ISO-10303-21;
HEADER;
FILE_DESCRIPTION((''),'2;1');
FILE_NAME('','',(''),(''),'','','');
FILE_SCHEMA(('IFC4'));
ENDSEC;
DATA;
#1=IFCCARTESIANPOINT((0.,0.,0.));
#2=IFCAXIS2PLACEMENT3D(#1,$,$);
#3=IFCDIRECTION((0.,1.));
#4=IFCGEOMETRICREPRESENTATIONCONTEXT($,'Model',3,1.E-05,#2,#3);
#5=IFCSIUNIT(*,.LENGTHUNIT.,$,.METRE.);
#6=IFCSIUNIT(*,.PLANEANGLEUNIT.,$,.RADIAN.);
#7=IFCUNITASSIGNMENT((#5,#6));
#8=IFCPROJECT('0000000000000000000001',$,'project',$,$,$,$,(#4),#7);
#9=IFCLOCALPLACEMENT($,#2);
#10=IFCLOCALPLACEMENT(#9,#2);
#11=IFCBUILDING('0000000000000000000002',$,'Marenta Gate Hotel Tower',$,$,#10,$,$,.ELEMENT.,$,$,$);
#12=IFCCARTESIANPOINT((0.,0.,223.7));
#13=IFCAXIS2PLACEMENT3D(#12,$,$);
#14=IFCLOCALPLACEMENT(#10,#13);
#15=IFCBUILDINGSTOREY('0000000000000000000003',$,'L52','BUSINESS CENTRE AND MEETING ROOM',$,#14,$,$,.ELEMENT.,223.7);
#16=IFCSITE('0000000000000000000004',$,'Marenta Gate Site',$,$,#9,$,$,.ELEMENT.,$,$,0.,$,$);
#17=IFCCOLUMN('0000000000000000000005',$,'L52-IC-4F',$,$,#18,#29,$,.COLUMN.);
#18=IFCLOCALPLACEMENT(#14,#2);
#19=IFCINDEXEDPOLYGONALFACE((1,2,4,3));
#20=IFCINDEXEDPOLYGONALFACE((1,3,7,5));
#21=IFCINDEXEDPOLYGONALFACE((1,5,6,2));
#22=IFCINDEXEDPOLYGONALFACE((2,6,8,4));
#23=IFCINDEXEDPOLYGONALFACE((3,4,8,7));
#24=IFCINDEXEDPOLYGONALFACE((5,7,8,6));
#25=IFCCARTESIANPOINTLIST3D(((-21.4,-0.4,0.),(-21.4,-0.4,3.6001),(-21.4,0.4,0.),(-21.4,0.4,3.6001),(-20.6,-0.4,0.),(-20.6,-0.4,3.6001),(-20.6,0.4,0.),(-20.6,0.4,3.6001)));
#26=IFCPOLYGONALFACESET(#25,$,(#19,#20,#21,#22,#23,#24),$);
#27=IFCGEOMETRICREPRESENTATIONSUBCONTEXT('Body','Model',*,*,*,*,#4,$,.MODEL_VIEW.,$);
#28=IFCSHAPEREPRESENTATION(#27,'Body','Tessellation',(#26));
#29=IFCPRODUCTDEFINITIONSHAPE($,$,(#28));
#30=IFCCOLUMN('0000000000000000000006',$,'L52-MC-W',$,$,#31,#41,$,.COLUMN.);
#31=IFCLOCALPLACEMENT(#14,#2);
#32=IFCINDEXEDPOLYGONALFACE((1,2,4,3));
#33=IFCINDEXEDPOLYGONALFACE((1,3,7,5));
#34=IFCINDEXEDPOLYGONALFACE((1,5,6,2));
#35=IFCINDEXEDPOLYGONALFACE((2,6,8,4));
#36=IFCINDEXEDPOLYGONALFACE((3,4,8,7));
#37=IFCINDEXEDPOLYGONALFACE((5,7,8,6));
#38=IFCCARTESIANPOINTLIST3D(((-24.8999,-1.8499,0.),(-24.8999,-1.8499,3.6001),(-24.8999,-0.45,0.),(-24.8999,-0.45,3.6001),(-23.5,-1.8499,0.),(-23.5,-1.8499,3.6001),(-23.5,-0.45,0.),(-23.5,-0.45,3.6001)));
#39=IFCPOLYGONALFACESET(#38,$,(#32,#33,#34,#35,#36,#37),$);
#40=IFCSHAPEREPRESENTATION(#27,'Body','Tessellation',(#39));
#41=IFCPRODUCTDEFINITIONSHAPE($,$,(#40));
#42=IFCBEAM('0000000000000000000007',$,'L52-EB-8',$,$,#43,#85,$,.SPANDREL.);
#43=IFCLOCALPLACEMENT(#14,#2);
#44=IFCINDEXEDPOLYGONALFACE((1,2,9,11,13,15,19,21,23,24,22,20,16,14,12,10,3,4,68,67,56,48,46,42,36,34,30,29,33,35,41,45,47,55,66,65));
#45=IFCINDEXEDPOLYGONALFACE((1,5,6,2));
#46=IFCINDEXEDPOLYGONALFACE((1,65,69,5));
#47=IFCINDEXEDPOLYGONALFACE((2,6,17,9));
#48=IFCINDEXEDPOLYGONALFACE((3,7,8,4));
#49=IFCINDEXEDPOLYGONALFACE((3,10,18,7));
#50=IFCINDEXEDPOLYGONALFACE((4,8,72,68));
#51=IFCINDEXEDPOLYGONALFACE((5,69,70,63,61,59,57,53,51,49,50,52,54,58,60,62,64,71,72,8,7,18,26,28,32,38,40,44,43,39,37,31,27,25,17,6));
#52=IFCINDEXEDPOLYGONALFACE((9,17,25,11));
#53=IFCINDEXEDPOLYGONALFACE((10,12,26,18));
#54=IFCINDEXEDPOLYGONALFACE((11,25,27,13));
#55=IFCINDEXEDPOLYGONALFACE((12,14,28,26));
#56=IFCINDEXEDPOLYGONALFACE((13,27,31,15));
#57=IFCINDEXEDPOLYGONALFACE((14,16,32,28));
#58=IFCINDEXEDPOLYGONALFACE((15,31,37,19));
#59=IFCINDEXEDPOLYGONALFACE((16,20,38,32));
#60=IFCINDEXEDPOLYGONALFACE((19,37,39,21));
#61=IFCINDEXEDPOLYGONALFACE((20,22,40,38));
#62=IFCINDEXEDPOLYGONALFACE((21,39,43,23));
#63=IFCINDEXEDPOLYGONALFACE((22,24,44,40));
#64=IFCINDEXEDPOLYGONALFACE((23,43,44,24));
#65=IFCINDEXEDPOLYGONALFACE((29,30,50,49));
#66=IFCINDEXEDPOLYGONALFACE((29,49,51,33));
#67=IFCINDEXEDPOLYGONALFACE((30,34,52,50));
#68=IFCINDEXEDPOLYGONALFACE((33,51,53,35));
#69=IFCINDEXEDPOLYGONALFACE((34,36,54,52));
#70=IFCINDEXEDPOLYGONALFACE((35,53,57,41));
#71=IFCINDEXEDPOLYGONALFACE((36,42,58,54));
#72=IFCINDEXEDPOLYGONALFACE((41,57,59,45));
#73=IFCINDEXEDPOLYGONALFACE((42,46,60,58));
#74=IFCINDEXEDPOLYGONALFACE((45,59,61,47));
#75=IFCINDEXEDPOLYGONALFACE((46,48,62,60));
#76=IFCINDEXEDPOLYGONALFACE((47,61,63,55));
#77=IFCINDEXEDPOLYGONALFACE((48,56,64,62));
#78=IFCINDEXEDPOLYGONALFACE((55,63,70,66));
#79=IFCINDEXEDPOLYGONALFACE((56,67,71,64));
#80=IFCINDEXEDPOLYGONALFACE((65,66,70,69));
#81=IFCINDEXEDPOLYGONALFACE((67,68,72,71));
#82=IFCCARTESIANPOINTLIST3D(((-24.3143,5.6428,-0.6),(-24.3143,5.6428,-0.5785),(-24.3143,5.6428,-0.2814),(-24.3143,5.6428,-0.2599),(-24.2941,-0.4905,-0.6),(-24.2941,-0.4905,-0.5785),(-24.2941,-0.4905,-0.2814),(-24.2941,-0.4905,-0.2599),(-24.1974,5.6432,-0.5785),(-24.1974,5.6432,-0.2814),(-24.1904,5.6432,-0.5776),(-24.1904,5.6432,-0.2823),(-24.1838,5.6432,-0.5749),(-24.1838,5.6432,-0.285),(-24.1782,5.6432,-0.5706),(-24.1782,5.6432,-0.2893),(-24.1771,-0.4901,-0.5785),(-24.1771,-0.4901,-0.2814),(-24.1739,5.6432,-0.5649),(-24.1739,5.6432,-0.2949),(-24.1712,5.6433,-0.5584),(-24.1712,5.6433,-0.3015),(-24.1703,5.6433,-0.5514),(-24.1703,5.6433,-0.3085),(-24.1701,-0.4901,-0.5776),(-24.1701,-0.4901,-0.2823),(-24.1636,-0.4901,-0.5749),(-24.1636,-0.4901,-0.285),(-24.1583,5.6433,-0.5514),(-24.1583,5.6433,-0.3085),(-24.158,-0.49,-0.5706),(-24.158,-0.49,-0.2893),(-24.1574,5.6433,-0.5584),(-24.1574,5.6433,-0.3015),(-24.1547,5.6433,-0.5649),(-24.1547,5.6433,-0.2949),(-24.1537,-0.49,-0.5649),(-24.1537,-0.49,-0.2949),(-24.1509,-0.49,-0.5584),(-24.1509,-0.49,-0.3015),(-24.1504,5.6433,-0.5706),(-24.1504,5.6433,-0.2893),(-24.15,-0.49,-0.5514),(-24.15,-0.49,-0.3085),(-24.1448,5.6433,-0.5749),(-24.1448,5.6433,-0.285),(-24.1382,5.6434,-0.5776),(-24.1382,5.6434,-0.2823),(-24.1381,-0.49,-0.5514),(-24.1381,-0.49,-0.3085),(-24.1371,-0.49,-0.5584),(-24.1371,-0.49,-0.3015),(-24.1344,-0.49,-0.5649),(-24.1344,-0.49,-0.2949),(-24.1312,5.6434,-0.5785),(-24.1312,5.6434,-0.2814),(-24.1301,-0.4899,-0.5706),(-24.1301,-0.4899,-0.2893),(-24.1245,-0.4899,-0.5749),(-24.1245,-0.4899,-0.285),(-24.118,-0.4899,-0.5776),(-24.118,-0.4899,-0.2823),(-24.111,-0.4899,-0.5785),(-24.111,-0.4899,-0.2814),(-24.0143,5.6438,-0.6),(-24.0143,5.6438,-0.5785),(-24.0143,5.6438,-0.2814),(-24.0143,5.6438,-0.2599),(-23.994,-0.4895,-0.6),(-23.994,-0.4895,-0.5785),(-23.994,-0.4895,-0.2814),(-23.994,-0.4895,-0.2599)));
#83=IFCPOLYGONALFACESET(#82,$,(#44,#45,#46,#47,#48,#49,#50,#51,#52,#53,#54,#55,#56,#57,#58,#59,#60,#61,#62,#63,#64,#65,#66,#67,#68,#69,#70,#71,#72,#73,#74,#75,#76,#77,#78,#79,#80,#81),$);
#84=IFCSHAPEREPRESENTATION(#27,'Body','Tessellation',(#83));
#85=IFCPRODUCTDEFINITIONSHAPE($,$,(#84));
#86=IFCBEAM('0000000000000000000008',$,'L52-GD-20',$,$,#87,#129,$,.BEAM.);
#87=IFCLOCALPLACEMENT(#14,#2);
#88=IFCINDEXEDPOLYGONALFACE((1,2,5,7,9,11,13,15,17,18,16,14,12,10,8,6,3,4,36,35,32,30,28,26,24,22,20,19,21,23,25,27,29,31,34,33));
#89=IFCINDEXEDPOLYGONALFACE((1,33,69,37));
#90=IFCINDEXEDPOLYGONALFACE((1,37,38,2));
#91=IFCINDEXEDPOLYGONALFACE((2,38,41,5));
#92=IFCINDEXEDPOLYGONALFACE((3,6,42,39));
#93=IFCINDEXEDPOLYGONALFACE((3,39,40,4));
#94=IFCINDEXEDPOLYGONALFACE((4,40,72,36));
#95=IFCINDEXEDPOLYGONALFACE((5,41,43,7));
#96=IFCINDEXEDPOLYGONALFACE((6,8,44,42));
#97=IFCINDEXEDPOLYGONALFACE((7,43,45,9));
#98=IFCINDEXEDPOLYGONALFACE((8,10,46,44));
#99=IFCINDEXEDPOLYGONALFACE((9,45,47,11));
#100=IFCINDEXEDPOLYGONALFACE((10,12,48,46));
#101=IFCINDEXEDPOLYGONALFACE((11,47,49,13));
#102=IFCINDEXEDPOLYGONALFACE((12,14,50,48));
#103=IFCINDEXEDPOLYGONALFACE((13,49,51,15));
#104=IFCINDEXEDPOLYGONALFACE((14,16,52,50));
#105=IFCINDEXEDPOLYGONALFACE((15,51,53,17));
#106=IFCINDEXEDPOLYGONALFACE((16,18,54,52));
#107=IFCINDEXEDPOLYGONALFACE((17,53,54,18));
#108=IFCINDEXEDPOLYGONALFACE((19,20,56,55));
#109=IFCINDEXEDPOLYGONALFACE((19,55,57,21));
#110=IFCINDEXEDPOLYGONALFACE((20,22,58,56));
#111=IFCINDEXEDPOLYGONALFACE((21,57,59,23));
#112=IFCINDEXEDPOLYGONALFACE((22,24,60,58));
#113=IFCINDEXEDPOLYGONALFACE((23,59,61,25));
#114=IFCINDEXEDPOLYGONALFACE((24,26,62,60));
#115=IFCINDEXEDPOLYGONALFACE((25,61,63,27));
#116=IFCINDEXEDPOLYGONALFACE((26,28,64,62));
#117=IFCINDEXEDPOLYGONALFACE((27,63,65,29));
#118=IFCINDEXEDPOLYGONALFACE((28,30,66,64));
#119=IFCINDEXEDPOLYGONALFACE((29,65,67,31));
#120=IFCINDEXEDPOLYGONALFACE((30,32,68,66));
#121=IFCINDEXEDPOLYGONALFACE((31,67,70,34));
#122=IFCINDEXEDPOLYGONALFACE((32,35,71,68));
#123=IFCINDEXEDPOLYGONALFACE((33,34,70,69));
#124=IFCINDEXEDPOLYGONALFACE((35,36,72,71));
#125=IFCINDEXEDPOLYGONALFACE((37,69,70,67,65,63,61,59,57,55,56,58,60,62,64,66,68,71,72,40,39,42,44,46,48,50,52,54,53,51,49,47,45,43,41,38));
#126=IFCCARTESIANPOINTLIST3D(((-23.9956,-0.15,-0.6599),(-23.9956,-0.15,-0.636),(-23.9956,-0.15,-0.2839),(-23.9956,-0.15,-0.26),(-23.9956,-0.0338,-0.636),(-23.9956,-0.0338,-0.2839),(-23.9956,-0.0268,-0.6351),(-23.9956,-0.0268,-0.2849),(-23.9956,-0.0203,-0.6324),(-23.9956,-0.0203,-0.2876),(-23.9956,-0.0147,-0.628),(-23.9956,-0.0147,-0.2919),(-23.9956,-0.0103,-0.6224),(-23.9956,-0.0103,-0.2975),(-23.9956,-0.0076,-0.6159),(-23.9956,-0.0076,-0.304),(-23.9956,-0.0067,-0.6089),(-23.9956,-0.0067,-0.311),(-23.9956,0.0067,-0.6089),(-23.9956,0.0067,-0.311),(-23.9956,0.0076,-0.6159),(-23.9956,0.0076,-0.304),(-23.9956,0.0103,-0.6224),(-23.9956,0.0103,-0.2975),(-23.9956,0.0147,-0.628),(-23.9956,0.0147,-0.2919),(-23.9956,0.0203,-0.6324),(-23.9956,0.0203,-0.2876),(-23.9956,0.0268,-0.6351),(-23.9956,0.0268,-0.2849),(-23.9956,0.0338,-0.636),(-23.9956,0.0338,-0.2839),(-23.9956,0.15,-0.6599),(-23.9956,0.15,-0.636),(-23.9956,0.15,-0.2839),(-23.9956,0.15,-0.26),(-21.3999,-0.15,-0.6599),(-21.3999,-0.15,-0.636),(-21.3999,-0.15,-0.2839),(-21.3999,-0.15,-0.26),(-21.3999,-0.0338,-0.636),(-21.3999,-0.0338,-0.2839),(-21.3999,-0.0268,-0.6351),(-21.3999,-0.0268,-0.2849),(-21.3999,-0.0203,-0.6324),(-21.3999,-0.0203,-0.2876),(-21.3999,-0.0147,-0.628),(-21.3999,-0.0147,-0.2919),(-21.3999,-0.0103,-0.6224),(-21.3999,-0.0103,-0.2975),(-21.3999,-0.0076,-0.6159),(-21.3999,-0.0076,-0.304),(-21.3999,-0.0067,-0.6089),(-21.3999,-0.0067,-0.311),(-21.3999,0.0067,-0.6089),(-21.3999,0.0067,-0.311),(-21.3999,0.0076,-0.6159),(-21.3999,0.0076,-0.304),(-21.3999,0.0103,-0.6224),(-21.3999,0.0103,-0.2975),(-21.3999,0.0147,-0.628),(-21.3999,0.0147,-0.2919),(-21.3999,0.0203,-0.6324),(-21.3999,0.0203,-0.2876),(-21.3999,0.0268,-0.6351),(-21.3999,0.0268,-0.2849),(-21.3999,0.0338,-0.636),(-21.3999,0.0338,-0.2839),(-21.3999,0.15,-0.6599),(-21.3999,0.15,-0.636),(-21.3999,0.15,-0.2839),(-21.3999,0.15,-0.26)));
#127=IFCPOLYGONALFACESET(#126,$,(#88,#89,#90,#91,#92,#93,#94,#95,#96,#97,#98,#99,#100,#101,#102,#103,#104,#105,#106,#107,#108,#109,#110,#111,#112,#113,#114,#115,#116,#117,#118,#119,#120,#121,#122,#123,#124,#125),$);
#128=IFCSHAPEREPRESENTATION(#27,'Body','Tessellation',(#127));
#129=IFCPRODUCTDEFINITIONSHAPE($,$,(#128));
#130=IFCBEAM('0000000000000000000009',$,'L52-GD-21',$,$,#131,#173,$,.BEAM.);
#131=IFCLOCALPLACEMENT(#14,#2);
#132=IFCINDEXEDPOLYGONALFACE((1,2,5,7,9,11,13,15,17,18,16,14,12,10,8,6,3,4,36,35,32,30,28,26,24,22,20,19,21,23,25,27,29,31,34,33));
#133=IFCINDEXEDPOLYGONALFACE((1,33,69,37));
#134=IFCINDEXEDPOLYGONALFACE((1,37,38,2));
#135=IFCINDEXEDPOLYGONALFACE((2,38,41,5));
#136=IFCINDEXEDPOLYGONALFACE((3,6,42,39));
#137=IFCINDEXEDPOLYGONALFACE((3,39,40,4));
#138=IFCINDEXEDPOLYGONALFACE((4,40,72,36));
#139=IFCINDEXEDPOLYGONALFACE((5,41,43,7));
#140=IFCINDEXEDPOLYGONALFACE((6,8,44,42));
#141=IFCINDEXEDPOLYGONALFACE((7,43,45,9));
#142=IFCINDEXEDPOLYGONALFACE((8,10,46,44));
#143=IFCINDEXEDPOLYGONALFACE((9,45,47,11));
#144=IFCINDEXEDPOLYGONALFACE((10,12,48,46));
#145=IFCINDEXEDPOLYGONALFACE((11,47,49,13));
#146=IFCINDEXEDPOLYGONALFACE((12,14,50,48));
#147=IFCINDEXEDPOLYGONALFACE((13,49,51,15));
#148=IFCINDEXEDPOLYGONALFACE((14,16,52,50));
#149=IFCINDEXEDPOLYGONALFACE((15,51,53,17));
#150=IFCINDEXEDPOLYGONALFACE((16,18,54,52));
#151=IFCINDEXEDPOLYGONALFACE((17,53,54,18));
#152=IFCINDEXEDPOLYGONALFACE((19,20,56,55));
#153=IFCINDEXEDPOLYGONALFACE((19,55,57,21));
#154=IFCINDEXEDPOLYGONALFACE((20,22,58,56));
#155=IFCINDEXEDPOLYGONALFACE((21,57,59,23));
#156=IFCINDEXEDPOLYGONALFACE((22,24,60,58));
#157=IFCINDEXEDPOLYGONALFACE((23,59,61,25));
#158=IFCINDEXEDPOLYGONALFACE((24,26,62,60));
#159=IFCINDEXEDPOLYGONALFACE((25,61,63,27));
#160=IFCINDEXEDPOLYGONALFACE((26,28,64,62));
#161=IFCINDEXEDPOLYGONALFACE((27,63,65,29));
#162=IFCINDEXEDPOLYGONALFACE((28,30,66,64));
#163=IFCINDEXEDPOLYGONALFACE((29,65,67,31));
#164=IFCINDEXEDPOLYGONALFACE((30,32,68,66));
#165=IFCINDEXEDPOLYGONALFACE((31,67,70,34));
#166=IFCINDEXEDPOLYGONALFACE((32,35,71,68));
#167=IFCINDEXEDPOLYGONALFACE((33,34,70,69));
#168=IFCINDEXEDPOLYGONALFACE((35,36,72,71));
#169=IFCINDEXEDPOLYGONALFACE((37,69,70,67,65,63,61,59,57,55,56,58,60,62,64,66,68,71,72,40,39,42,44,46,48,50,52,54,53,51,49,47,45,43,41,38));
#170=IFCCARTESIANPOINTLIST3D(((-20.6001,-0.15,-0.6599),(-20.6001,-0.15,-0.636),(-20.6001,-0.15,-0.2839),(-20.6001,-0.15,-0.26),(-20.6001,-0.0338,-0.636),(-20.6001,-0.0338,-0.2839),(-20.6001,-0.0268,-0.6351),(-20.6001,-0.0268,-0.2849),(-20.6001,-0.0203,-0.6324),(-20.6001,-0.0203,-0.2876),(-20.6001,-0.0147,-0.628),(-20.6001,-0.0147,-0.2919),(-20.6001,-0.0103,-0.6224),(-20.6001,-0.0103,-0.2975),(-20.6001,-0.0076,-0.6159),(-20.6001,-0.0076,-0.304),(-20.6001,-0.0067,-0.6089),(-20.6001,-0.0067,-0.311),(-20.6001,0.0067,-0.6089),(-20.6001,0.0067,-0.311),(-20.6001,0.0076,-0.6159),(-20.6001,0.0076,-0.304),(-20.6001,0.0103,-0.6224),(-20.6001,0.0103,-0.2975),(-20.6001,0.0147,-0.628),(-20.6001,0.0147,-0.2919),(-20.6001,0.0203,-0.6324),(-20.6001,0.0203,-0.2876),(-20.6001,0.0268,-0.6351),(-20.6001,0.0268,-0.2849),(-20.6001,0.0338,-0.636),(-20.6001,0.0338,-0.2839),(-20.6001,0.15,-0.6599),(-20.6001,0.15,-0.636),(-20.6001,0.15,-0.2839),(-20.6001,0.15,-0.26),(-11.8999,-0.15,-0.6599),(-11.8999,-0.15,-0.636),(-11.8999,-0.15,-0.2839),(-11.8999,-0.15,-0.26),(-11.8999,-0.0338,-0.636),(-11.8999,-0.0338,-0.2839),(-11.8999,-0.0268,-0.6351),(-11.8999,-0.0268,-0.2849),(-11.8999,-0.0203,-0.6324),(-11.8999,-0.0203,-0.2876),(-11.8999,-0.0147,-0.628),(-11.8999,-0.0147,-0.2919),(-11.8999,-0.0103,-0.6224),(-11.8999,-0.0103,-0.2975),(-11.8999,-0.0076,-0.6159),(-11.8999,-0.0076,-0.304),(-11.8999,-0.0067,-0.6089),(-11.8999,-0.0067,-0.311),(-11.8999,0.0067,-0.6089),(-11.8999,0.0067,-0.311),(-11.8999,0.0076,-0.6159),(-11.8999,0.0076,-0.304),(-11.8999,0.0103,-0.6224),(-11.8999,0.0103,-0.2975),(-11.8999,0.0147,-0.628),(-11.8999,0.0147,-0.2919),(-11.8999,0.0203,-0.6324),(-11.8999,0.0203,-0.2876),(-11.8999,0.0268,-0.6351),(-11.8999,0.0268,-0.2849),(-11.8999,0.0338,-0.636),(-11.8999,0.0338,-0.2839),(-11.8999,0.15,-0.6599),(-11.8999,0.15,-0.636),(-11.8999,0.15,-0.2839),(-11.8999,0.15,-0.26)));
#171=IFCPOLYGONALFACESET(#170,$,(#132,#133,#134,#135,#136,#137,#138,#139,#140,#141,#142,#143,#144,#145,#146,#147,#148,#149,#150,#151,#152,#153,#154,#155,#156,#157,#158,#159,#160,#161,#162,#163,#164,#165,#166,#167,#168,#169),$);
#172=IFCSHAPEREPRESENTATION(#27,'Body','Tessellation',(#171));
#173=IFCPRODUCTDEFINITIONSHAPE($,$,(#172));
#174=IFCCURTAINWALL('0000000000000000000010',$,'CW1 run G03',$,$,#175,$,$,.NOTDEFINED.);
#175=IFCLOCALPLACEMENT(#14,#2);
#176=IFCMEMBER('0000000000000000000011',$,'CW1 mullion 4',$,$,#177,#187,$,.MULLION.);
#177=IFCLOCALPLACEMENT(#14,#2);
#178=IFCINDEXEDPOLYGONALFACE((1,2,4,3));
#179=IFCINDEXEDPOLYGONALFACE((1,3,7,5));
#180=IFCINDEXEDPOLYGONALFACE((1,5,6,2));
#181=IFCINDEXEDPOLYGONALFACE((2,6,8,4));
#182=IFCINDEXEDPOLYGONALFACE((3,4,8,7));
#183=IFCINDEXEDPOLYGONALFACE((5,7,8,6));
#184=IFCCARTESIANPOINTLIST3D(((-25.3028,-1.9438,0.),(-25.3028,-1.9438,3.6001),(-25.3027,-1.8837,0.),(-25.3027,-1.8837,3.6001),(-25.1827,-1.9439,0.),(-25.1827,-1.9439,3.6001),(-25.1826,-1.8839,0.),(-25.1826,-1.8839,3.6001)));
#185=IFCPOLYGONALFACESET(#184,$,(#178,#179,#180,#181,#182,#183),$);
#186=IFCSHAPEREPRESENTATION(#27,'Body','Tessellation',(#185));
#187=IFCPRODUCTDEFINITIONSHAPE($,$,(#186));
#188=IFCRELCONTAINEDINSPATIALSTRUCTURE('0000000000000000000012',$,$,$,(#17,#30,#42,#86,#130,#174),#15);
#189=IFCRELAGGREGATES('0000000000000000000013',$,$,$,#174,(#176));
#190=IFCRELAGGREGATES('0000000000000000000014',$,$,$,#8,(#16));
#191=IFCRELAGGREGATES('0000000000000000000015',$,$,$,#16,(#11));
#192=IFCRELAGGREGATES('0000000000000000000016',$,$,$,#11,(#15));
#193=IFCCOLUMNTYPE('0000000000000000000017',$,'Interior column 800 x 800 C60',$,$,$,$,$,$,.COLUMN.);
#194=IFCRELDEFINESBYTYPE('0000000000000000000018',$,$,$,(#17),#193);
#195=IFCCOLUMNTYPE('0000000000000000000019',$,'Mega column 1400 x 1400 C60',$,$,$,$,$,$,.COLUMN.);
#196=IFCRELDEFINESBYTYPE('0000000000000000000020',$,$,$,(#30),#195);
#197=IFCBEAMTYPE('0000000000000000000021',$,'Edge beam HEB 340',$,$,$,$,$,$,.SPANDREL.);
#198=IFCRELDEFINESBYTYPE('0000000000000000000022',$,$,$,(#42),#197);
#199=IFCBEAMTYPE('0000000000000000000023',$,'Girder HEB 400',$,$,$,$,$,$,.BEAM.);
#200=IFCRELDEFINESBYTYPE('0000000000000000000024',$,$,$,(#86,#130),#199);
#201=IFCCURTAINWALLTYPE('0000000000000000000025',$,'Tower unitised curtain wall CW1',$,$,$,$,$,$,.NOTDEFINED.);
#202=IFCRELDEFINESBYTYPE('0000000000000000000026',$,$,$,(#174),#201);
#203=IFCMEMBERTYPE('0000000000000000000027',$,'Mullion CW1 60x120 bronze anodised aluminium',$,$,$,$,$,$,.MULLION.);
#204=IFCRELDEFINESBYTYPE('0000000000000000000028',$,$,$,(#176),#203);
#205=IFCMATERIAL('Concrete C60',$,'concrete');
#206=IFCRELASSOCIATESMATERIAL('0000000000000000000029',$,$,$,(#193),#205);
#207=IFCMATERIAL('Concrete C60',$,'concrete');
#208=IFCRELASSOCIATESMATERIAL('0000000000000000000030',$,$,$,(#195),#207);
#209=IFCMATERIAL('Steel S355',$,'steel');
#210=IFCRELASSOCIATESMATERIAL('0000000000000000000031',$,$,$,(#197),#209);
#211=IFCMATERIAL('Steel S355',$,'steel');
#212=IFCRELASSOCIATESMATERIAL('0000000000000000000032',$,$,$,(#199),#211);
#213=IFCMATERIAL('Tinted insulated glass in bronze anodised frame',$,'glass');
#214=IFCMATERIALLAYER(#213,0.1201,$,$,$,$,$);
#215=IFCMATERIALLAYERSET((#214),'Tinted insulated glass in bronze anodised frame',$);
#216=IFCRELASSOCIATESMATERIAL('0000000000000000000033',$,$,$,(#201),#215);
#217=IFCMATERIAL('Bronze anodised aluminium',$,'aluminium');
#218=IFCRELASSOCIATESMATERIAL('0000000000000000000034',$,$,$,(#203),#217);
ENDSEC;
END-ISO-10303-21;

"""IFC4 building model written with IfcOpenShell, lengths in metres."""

from ifc_helpers import new_model, si_unit, direction, frame, origin, origin_2d, place, context, subcontext, project, spatial, rectangle, i_section, extrude, material, layer, layer_set, material_profile, profile_set, type_object, element, aggregate, save


model = new_model("IFC4")

# Units and contexts
model_context = context("Model", 3, precision=1e-05, world=origin(), true_north=direction((0.0, 1.0)))
body_context = subcontext(model_context, "Body", "Model", "MODEL_VIEW")
ifc_project = project(units=[si_unit("LENGTHUNIT", "METRE"), si_unit("PLANEANGLEUNIT", "RADIAN")], contexts=[model_context])

# Site, building, storey
site_placement = place(None, origin())
site = spatial("IfcSite", under=ifc_project, at=site_placement, Name="Marenta Gate Site", CompositionType="ELEMENT", RefElevation=0.0)
building_placement = place(site_placement, origin())
building = spatial("IfcBuilding", under=site, at=building_placement, Name="Marenta Gate Hotel Tower", CompositionType="ELEMENT")
storey_placement = place(building_placement, frame((0.0, 0.0, 223.7)))
storey = spatial("IfcBuildingStorey", under=building, at=storey_placement, Name="L52", Description="BUSINESS CENTRE AND MEETING ROOM", CompositionType="ELEMENT", Elevation=223.7)

# Columns
ifc_material_1 = material(Name="Concrete C60", Category="concrete")
ifc_material_profile_1 = material_profile(ifc_material_1, rectangle(XDim=0.8, YDim=0.8, at=origin_2d()), Name="800 x 800")
ifc_profile_set_1 = profile_set([ifc_material_profile_1], Name="Concrete C60")
column_type_1 = type_object("IfcColumnType", Name="Interior column 800 x 800 C60", PredefinedType="COLUMN", material=ifc_profile_set_1)
column_1_placement = place(storey_placement, frame((-21.0, 0.0, 0.0), z_axis=(0.0, 0.0, 1.0), x_axis=(1.0, 0.0, 0.0)))
element("IfcColumn", 1, at=column_1_placement, inside=storey, type_object=column_type_1, Name="L52-IC-4F", PredefinedType="COLUMN", context=body_context, shape_type="SweptSolid", body=[
    extrude(rectangle(XDim=0.8, YDim=0.8, at=origin_2d()), origin(), (0.0, 0.0, 1.0), 3.6001),
])
ifc_material_2 = material(Name="Concrete C60", Category="concrete")
ifc_material_profile_2 = material_profile(ifc_material_2, rectangle(XDim=1.3999, YDim=1.3999, at=origin_2d()), Name="1400 x 1400")
ifc_profile_set_2 = profile_set([ifc_material_profile_2], Name="Concrete C60")
column_type_2 = type_object("IfcColumnType", Name="Mega column 1400 x 1400 C60", PredefinedType="COLUMN", material=ifc_profile_set_2)
column_2_placement = place(storey_placement, frame((-24.2, -1.1499, 0.0), z_axis=(0.0, 0.0, 1.0), x_axis=(1.0, 0.0, 0.0)))
element("IfcColumn", 2, at=column_2_placement, inside=storey, type_object=column_type_2, Name="L52-MC-W", PredefinedType="COLUMN", context=body_context, shape_type="SweptSolid", body=[
    extrude(rectangle(XDim=1.3999, YDim=1.3999, at=origin_2d()), origin(), (0.0, 0.0, 1.0), 3.6001),
])

# Beams
ifc_material_3 = material(Name="Steel S355", Category="steel")
ifc_material_profile_3 = material_profile(ifc_material_3, i_section(OverallWidth=0.3, OverallDepth=0.3401, WebThickness=0.012, FlangeThickness=0.0215, FilletRadius=0.0271, at=origin_2d()), Name="HEB 340")
ifc_profile_set_3 = profile_set([ifc_material_profile_3], Name="Steel S355")
beam_type_1 = type_object("IfcBeamType", Name="Edge beam HEB 340", PredefinedType="SPANDREL", material=ifc_profile_set_3)
beam_1_placement = place(storey_placement, frame((-24.144, -0.49, -0.4299), z_axis=(-0.003304, 0.999995, 0.0), x_axis=(-0.999995, -0.003304, 0.0)))
element("IfcBeam", 3, at=beam_1_placement, inside=storey, type_object=beam_type_1, Name="L52-EB-8", PredefinedType="SPANDREL", context=body_context, shape_type="SweptSolid", body=[
    extrude(i_section(OverallWidth=0.3, OverallDepth=0.3401, WebThickness=0.012, FlangeThickness=0.0215, FilletRadius=0.0271, at=origin_2d()), origin(), (0.0, 0.0, 1.0), 6.1333),
])
ifc_material_4 = material(Name="Steel S355", Category="steel")
ifc_material_profile_4 = material_profile(ifc_material_4, i_section(OverallWidth=0.3, OverallDepth=0.3999, WebThickness=0.0134, FlangeThickness=0.0239, FilletRadius=0.0271, at=origin_2d()), Name="HEB 400")
ifc_profile_set_4 = profile_set([ifc_material_profile_4], Name="Steel S355")
beam_type_2 = type_object("IfcBeamType", Name="Girder HEB 400", PredefinedType="BEAM", material=ifc_profile_set_4)
beam_2_placement = place(storey_placement, frame((-23.9956, 0.0, -0.46), z_axis=(1.0, 0.0, 0.0), x_axis=(0.0, 1.0, 0.0)))
element("IfcBeam", 4, at=beam_2_placement, inside=storey, type_object=beam_type_2, Name="L52-GD-20", PredefinedType="BEAM", context=body_context, shape_type="SweptSolid", body=[
    extrude(i_section(OverallWidth=0.3, OverallDepth=0.3999, WebThickness=0.0134, FlangeThickness=0.0239, FilletRadius=0.0271, at=origin_2d()), origin(), (0.0, 0.0, 1.0), 2.5957),
])
beam_3_placement = place(storey_placement, frame((-20.6001, 0.0, -0.46), z_axis=(1.0, 0.0, 0.0), x_axis=(0.0, 1.0, 0.0)))
element("IfcBeam", 5, at=beam_3_placement, inside=storey, type_object=beam_type_2, Name="L52-GD-21", PredefinedType="BEAM", context=body_context, shape_type="SweptSolid", body=[
    extrude(i_section(OverallWidth=0.3, OverallDepth=0.3999, WebThickness=0.0134, FlangeThickness=0.0239, FilletRadius=0.0271, at=origin_2d()), origin(), (0.0, 0.0, 1.0), 8.7002),
])

# Curtain wall, member
ifc_material_5 = material(Name="Tinted insulated glass in bronze anodised frame", Category="glass")
ifc_layer_1 = layer(ifc_material_5, 0.1201)
ifc_layer_set_1 = layer_set([ifc_layer_1], Name="Tinted insulated glass in bronze anodised frame")
curtain_wall_type = type_object("IfcCurtainWallType", Name="Tower unitised curtain wall CW1", PredefinedType="NOTDEFINED", material=ifc_layer_set_1)
curtain_wall_placement = place(storey_placement, origin())
curtain_wall = element("IfcCurtainWall", 6, at=curtain_wall_placement, inside=storey, type_object=curtain_wall_type, Name="CW1 run G03", PredefinedType="NOTDEFINED")
ifc_material_6 = material(Name="Bronze anodised aluminium", Category="aluminium")
ifc_material_profile_5 = material_profile(ifc_material_6, rectangle(XDim=0.1201, YDim=0.0601, at=origin_2d()), Name="Mullion CW1 60x120 bronze anodised aluminium")
ifc_profile_set_5 = profile_set([ifc_material_profile_5], Name="Bronze anodised aluminium")
member_type_1 = type_object("IfcMemberType", Name="Mullion CW1 60x120 bronze anodised aluminium", PredefinedType="MULLION", material=ifc_profile_set_5)
member_1_placement = place(storey_placement, frame((-25.2427, -1.9138, 0.0), z_axis=(0.0, 0.0, 1.0), x_axis=(0.999999, -0.001566, 0.0)))
member_1 = element("IfcMember", 7, at=member_1_placement, type_object=member_type_1, Name="CW1 mullion 4", PredefinedType="MULLION", context=body_context, shape_type="SweptSolid", body=[
    extrude(rectangle(XDim=0.1201, YDim=0.0601, at=origin_2d()), origin(), (0.0, 0.0, 1.0), 3.6001),
])
aggregate(curtain_wall, [member_1])

save(model, "model.ifc")
